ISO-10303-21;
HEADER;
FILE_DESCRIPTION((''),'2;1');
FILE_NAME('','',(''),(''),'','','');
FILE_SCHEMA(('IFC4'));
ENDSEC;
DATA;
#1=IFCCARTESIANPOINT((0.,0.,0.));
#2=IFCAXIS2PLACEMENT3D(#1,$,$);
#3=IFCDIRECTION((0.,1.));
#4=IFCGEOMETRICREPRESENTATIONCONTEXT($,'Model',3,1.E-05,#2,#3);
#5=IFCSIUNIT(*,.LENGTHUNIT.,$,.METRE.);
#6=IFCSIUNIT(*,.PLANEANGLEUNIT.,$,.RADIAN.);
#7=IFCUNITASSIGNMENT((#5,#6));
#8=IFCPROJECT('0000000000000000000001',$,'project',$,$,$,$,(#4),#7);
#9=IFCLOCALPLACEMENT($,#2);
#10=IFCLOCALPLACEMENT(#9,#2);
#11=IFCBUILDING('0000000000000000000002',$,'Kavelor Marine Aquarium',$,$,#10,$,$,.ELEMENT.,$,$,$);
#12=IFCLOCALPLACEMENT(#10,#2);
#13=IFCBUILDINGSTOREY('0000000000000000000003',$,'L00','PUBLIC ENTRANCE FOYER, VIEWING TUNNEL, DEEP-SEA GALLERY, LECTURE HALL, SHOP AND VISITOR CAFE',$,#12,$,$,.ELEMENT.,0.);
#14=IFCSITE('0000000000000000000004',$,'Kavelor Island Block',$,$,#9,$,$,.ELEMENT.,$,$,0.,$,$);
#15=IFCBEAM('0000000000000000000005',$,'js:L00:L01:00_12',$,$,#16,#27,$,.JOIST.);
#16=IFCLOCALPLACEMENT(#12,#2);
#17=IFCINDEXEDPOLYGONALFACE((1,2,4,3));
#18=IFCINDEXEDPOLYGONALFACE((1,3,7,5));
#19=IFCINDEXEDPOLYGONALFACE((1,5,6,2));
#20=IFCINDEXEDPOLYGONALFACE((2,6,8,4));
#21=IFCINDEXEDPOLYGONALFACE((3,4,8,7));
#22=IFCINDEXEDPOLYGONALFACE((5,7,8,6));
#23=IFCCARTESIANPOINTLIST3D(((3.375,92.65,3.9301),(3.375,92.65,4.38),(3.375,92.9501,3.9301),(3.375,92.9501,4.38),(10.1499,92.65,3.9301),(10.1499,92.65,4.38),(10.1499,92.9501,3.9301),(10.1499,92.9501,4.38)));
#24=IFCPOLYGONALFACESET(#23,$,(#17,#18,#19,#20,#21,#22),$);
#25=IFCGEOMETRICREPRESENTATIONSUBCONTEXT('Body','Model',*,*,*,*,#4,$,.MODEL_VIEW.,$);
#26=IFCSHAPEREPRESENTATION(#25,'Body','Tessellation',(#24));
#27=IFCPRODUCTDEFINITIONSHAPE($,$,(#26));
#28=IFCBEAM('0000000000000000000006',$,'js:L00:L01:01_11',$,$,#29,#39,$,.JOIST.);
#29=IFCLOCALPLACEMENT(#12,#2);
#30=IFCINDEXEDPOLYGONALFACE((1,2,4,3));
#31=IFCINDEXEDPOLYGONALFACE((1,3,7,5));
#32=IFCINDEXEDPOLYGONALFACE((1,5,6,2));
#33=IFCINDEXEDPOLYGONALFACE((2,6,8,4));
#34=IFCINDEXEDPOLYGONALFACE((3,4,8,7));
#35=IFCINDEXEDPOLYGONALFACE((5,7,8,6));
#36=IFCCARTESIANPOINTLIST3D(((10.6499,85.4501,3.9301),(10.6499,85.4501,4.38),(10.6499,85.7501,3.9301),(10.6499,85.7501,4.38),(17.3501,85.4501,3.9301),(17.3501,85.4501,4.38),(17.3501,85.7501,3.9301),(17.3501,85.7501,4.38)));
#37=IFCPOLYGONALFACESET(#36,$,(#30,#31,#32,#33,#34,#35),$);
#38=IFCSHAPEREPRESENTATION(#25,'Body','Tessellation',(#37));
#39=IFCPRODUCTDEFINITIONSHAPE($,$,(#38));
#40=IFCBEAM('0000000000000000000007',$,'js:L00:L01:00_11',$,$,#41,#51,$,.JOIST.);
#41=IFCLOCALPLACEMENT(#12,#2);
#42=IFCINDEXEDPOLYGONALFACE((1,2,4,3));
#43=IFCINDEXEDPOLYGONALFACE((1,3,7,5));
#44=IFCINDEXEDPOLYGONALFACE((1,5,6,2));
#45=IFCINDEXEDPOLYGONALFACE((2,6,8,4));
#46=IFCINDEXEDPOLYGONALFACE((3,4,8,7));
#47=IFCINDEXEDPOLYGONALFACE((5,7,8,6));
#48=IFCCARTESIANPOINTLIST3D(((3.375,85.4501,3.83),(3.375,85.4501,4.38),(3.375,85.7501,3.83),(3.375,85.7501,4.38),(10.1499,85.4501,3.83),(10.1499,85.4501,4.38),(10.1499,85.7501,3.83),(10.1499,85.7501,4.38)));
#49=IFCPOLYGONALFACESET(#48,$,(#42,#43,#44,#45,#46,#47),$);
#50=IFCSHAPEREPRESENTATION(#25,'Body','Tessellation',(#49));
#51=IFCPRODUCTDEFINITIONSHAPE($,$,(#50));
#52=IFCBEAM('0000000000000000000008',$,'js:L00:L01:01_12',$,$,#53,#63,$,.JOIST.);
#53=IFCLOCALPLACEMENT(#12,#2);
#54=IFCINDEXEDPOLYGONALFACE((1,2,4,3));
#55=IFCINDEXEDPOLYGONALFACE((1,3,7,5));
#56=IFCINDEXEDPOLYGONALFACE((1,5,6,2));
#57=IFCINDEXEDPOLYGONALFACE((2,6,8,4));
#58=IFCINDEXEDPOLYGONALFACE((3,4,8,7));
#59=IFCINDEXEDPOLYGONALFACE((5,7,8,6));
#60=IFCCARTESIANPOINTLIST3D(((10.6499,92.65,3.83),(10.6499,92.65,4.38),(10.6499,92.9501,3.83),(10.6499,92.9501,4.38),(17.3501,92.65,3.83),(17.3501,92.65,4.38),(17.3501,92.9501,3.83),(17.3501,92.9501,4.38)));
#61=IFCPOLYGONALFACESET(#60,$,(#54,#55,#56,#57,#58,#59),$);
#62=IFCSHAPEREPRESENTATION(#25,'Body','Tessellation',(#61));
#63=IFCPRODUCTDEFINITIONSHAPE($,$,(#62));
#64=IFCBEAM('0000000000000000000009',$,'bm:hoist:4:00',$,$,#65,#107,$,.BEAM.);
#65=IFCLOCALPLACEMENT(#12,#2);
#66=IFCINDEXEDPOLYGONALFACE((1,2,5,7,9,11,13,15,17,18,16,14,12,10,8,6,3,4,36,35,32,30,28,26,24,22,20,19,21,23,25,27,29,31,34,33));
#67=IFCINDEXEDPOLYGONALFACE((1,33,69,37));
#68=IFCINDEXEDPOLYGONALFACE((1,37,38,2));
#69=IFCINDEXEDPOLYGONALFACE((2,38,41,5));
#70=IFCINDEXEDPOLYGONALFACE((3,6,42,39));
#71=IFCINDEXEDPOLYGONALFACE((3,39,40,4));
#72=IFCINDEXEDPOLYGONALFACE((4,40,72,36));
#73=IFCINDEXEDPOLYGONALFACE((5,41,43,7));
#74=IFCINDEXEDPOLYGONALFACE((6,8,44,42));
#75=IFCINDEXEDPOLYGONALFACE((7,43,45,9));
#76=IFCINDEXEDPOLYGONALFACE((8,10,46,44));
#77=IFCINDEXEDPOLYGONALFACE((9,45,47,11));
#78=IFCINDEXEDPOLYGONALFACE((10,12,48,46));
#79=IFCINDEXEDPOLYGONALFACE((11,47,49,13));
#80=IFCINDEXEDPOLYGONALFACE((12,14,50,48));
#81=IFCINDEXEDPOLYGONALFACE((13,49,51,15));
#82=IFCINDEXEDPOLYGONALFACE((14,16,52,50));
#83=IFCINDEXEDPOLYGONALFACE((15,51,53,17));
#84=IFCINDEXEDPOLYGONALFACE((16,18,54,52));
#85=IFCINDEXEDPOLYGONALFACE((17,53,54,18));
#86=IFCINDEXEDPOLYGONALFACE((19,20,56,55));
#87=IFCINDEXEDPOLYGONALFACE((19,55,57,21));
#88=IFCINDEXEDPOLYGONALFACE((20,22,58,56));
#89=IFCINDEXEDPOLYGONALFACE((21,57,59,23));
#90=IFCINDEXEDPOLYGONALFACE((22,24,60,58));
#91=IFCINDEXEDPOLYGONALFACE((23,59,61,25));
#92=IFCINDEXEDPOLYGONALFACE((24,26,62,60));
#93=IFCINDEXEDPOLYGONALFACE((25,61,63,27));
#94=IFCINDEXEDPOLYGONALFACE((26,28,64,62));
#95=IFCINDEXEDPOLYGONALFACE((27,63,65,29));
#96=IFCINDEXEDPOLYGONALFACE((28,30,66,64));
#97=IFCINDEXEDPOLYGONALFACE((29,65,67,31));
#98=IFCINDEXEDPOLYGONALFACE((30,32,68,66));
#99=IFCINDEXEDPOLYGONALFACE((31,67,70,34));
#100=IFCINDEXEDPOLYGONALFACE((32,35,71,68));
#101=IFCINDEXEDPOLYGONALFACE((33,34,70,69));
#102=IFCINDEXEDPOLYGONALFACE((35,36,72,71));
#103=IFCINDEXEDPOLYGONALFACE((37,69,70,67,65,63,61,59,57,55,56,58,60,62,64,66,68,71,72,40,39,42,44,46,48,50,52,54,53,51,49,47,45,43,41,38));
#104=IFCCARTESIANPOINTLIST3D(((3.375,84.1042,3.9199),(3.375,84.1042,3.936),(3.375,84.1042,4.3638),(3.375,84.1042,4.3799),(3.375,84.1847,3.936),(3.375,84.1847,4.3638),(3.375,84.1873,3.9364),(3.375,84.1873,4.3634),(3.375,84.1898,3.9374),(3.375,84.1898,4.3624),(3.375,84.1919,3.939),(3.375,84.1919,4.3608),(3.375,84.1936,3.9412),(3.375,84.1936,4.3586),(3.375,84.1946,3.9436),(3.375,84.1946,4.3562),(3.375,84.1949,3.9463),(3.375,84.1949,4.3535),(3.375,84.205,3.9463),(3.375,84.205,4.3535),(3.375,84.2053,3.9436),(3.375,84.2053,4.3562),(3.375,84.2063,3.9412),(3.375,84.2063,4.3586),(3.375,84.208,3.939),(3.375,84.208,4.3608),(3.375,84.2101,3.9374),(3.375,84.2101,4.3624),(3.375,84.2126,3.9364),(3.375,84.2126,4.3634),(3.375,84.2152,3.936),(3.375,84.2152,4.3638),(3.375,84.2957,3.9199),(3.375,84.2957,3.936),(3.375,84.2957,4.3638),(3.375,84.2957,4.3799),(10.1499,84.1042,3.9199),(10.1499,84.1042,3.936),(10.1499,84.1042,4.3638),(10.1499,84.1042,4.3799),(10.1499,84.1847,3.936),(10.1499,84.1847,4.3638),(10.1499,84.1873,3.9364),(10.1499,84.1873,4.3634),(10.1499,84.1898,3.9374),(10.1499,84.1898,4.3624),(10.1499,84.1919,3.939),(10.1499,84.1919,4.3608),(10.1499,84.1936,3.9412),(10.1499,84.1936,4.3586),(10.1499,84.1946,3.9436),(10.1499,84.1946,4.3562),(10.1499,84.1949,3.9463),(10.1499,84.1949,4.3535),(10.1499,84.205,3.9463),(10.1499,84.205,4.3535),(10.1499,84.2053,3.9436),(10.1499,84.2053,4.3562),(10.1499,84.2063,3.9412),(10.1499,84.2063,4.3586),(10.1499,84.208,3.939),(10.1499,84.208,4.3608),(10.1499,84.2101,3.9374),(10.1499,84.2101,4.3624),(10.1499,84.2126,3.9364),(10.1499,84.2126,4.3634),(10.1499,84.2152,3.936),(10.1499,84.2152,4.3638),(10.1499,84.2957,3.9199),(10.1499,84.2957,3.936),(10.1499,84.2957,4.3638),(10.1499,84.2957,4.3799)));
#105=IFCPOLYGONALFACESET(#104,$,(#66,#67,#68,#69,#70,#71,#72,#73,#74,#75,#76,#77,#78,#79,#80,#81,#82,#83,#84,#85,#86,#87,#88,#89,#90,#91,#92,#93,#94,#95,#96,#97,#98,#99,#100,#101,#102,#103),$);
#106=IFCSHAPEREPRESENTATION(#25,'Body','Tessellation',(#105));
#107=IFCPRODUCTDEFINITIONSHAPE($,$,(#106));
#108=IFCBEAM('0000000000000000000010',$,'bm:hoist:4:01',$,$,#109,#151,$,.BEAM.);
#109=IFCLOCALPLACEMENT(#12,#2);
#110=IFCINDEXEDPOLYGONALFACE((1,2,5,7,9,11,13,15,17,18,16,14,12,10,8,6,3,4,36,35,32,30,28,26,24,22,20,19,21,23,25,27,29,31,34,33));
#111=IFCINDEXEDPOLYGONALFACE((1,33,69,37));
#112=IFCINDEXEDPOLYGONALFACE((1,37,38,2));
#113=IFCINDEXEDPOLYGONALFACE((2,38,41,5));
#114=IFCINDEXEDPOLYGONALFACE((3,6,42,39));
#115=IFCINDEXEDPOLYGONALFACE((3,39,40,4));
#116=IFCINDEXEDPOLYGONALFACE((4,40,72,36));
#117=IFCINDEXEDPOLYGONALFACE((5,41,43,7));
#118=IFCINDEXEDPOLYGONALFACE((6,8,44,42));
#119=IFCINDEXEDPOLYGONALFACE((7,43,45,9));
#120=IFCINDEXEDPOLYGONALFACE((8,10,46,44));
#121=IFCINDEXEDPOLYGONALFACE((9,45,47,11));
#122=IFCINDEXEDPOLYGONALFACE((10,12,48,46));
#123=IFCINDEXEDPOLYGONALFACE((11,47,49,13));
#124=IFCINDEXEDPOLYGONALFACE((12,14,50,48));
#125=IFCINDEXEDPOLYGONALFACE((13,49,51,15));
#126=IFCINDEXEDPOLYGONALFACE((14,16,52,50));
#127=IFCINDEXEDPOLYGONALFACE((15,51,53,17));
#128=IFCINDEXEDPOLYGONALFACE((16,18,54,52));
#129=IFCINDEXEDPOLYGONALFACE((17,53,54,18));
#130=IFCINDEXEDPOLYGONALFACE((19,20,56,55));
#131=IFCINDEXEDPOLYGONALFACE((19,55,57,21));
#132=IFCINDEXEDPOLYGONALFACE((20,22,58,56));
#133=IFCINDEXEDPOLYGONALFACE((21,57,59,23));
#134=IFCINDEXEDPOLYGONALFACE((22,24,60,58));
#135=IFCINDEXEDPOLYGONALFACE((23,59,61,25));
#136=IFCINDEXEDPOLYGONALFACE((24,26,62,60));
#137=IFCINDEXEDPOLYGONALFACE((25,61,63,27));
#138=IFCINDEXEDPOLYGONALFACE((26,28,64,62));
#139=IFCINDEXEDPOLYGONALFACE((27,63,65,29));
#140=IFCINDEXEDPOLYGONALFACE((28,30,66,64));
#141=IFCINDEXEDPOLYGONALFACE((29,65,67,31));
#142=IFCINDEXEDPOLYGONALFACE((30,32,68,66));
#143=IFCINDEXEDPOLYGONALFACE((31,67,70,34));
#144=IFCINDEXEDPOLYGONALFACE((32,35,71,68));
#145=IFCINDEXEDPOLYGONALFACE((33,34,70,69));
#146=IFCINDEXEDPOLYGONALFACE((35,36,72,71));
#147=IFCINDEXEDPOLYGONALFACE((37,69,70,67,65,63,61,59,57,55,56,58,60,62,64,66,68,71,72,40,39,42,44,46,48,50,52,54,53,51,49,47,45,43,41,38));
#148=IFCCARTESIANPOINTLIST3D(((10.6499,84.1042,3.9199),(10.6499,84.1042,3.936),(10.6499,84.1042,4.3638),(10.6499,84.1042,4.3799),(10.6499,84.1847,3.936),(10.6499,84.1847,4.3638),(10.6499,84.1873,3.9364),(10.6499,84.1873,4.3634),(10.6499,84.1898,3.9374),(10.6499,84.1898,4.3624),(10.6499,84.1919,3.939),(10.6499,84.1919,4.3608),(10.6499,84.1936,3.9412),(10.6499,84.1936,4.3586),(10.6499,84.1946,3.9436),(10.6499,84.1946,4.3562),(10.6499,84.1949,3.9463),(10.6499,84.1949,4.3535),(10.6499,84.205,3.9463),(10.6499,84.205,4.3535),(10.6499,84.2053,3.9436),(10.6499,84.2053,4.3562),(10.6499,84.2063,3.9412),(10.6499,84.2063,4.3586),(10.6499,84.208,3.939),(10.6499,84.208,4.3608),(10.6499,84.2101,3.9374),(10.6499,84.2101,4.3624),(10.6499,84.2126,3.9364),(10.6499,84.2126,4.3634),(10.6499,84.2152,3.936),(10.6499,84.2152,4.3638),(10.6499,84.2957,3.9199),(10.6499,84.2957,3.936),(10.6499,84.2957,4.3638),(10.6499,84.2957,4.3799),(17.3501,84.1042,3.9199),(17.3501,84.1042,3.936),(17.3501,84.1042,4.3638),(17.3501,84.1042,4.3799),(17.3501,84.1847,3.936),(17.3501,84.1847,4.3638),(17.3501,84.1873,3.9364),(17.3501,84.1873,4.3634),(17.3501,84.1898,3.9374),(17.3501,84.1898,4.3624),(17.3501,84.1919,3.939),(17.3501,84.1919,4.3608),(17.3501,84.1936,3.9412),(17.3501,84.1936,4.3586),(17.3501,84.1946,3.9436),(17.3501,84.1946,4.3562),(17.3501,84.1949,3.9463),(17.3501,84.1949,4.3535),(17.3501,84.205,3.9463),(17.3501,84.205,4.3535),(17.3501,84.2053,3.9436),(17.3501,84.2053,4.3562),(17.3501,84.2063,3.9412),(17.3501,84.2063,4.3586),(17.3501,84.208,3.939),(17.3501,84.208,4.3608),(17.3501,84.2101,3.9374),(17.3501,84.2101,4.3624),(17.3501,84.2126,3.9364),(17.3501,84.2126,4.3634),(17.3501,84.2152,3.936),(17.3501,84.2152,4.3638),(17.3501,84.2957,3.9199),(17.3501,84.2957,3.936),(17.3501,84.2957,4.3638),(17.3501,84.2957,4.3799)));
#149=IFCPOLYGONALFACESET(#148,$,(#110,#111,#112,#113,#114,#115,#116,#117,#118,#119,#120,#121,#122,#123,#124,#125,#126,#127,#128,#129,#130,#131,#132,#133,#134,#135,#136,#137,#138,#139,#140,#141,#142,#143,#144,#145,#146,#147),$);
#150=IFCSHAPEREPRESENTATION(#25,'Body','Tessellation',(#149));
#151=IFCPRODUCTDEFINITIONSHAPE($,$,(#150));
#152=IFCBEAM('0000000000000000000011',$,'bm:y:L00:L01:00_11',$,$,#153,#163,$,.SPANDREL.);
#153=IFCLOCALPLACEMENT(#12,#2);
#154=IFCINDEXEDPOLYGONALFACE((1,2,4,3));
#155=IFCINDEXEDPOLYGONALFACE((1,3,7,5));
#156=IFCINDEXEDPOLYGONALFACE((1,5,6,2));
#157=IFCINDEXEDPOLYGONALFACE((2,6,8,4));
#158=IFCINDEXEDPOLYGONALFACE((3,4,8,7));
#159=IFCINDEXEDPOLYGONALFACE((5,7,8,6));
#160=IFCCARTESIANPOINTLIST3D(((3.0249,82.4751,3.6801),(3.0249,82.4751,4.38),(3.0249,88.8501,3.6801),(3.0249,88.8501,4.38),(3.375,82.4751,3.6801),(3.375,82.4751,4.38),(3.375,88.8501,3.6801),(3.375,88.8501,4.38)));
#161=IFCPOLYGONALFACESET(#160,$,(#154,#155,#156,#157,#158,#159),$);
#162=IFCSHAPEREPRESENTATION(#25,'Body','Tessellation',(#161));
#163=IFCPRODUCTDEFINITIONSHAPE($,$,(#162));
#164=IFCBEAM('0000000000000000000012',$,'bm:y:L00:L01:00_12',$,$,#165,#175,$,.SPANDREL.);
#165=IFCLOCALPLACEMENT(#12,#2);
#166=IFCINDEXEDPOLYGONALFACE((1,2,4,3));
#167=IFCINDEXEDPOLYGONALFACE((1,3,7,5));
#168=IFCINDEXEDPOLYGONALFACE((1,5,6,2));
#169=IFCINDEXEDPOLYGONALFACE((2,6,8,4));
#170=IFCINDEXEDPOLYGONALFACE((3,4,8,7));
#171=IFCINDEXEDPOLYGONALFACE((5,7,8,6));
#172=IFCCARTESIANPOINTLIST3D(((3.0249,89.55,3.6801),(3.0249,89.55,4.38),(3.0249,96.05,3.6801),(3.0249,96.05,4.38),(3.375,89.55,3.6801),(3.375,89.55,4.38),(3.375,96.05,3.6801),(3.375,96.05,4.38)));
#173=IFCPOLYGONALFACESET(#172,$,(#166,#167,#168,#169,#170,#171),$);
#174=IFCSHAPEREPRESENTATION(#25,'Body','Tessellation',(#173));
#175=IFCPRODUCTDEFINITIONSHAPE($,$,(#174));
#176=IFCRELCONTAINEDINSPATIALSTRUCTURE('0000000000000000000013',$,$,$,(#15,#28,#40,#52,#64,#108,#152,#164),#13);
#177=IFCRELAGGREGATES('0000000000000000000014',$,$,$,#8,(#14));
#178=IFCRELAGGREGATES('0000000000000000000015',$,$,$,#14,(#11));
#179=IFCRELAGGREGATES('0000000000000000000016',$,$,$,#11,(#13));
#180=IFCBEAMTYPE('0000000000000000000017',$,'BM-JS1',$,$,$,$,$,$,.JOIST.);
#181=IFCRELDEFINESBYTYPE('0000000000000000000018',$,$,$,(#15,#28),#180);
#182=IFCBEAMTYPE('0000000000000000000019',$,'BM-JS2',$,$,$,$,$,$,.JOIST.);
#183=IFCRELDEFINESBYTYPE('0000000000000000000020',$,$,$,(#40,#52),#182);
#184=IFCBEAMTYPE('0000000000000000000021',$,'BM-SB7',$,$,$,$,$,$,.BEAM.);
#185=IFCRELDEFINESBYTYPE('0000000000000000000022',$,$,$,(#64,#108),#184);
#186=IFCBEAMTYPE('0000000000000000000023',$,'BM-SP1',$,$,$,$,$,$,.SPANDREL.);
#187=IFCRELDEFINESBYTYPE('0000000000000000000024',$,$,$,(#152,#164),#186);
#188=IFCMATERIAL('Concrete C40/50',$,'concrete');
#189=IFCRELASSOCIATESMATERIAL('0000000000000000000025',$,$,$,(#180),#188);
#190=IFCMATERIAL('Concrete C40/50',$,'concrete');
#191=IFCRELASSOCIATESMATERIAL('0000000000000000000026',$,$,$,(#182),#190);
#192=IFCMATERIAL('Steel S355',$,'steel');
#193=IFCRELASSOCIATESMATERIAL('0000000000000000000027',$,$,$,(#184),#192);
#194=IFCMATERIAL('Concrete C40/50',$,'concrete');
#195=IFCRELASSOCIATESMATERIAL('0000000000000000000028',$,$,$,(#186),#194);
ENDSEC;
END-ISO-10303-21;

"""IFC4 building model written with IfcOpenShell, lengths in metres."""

from ifc_helpers import new_model, si_unit, direction, frame, origin, origin_2d, place, context, subcontext, project, spatial, rectangle, i_section, extrude, material, material_profile, profile_set, type_object, element, save


model = new_model("IFC4")

# Units and contexts
model_context = context("Model", 3, precision=1e-05, world=origin(), true_north=direction((0.0, 1.0)))
body_context = subcontext(model_context, "Body", "Model", "MODEL_VIEW")
ifc_project = project(units=[si_unit("LENGTHUNIT", "METRE"), si_unit("PLANEANGLEUNIT", "RADIAN")], contexts=[model_context])

# Site, building, storey
site_placement = place(None, origin())
site = spatial("IfcSite", under=ifc_project, at=site_placement, Name="Kavelor Island Block", CompositionType="ELEMENT", RefElevation=0.0)
building_placement = place(site_placement, origin())
building = spatial("IfcBuilding", under=site, at=building_placement, Name="Kavelor Marine Aquarium", CompositionType="ELEMENT")
storey_placement = place(building_placement, origin())
storey = spatial("IfcBuildingStorey", under=building, at=storey_placement, Name="L00", Description="PUBLIC ENTRANCE FOYER, VIEWING TUNNEL, DEEP-SEA GALLERY, LECTURE HALL, SHOP AND VISITOR CAFE", CompositionType="ELEMENT", Elevation=0.0)

# Beams
ifc_material_1 = material(Name="Concrete C40/50", Category="concrete")
ifc_material_profile_1 = material_profile(ifc_material_1, rectangle(XDim=0.3, YDim=0.45, at=origin_2d()), Name="RC-JS 300x450")
ifc_profile_set_1 = profile_set([ifc_material_profile_1], Name="Concrete C40/50")
beam_type_1 = type_object("IfcBeamType", Name="BM-JS1", PredefinedType="JOIST", material=ifc_profile_set_1)
beam_1_placement = place(storey_placement, frame((3.375, 92.8, 4.155), z_axis=(1.0, 0.0, 0.0), x_axis=(0.0, 1.0, 0.0)))
element("IfcBeam", 1, at=beam_1_placement, inside=storey, type_object=beam_type_1, Name="js:L00:L01:00_12", PredefinedType="JOIST", context=body_context, shape_type="SweptSolid", body=[
    extrude(rectangle(XDim=0.3, YDim=0.45, at=origin_2d()), origin(), (0.0, 0.0, 1.0), 6.7749),
])
beam_2_placement = place(storey_placement, frame((10.6499, 85.6001, 4.155), z_axis=(1.0, 0.0, 0.0), x_axis=(0.0, 1.0, 0.0)))
element("IfcBeam", 2, at=beam_2_placement, inside=storey, type_object=beam_type_1, Name="js:L00:L01:01_11", PredefinedType="JOIST", context=body_context, shape_type="SweptSolid", body=[
    extrude(rectangle(XDim=0.3, YDim=0.45, at=origin_2d()), origin(), (0.0, 0.0, 1.0), 6.7002),
])
ifc_material_2 = material(Name="Concrete C40/50", Category="concrete")
ifc_material_profile_2 = material_profile(ifc_material_2, rectangle(XDim=0.3, YDim=0.55, at=origin_2d()), Name="RC-JS 300x550")
ifc_profile_set_2 = profile_set([ifc_material_profile_2], Name="Concrete C40/50")
beam_type_2 = type_object("IfcBeamType", Name="BM-JS2", PredefinedType="JOIST", material=ifc_profile_set_2)
beam_3_placement = place(storey_placement, frame((3.375, 85.6001, 4.105), z_axis=(1.0, 0.0, 0.0), x_axis=(0.0, 1.0, 0.0)))
element("IfcBeam", 3, at=beam_3_placement, inside=storey, type_object=beam_type_2, Name="js:L00:L01:00_11", PredefinedType="JOIST", context=body_context, shape_type="SweptSolid", body=[
    extrude(rectangle(XDim=0.3, YDim=0.55, at=origin_2d()), origin(), (0.0, 0.0, 1.0), 6.7749),
])
beam_4_placement = place(storey_placement, frame((10.6499, 92.8, 4.105), z_axis=(1.0, 0.0, 0.0), x_axis=(0.0, 1.0, 0.0)))
element("IfcBeam", 4, at=beam_4_placement, inside=storey, type_object=beam_type_2, Name="js:L00:L01:01_12", PredefinedType="JOIST", context=body_context, shape_type="SweptSolid", body=[
    extrude(rectangle(XDim=0.3, YDim=0.55, at=origin_2d()), origin(), (0.0, 0.0, 1.0), 6.7002),
])
ifc_material_3 = material(Name="Steel S355", Category="steel")
ifc_material_profile_3 = material_profile(ifc_material_3, i_section(OverallWidth=0.1914, OverallDepth=0.46, WebThickness=0.01, FlangeThickness=0.0161, FilletRadius=0.0103, at=origin_2d()), Name="UKB 457x191x82")
ifc_profile_set_3 = profile_set([ifc_material_profile_3], Name="Steel S355")
beam_type_3 = type_object("IfcBeamType", Name="BM-SB7", PredefinedType="BEAM", material=ifc_profile_set_3)
beam_5_placement = place(storey_placement, frame((3.375, 84.2, 4.1499), z_axis=(1.0, 0.0, 0.0), x_axis=(0.0, 1.0, 0.0)))
element("IfcBeam", 5, at=beam_5_placement, inside=storey, type_object=beam_type_3, Name="bm:hoist:4:00", PredefinedType="BEAM", context=body_context, shape_type="SweptSolid", body=[
    extrude(i_section(OverallWidth=0.1914, OverallDepth=0.46, WebThickness=0.01, FlangeThickness=0.0161, FilletRadius=0.0103, at=origin_2d()), origin(), (0.0, 0.0, 1.0), 6.7749),
])
beam_6_placement = place(storey_placement, frame((10.6499, 84.2, 4.1499), z_axis=(1.0, 0.0, 0.0), x_axis=(0.0, 1.0, 0.0)))
element("IfcBeam", 6, at=beam_6_placement, inside=storey, type_object=beam_type_3, Name="bm:hoist:4:01", PredefinedType="BEAM", context=body_context, shape_type="SweptSolid", body=[
    extrude(i_section(OverallWidth=0.1914, OverallDepth=0.46, WebThickness=0.01, FlangeThickness=0.0161, FilletRadius=0.0103, at=origin_2d()), origin(), (0.0, 0.0, 1.0), 6.7002),
])
ifc_material_4 = material(Name="Concrete C40/50", Category="concrete")
ifc_material_profile_4 = material_profile(ifc_material_4, rectangle(XDim=0.3501, YDim=0.7, at=origin_2d()), Name="RC-SP 350x700")
ifc_profile_set_4 = profile_set([ifc_material_profile_4], Name="Concrete C40/50")
beam_type_4 = type_object("IfcBeamType", Name="BM-SP1", PredefinedType="SPANDREL", material=ifc_profile_set_4)
beam_7_placement = place(storey_placement, frame((3.2, 82.4751, 4.03), z_axis=(0.0, 1.0, 0.0), x_axis=(-1.0, 0.0, 0.0)))
element("IfcBeam", 7, at=beam_7_placement, inside=storey, type_object=beam_type_4, Name="bm:y:L00:L01:00_11", PredefinedType="SPANDREL", context=body_context, shape_type="SweptSolid", body=[
    extrude(rectangle(XDim=0.3501, YDim=0.7, at=origin_2d()), origin(), (0.0, 0.0, 1.0), 6.375),
])
beam_8_placement = place(storey_placement, frame((3.2, 89.55, 4.03), z_axis=(0.0, 1.0, 0.0), x_axis=(-1.0, 0.0, 0.0)))
element("IfcBeam", 8, at=beam_8_placement, inside=storey, type_object=beam_type_4, Name="bm:y:L00:L01:00_12", PredefinedType="SPANDREL", context=body_context, shape_type="SweptSolid", body=[
    extrude(rectangle(XDim=0.3501, YDim=0.7, at=origin_2d()), origin(), (0.0, 0.0, 1.0), 6.5),
])

save(model, "model.ifc")
